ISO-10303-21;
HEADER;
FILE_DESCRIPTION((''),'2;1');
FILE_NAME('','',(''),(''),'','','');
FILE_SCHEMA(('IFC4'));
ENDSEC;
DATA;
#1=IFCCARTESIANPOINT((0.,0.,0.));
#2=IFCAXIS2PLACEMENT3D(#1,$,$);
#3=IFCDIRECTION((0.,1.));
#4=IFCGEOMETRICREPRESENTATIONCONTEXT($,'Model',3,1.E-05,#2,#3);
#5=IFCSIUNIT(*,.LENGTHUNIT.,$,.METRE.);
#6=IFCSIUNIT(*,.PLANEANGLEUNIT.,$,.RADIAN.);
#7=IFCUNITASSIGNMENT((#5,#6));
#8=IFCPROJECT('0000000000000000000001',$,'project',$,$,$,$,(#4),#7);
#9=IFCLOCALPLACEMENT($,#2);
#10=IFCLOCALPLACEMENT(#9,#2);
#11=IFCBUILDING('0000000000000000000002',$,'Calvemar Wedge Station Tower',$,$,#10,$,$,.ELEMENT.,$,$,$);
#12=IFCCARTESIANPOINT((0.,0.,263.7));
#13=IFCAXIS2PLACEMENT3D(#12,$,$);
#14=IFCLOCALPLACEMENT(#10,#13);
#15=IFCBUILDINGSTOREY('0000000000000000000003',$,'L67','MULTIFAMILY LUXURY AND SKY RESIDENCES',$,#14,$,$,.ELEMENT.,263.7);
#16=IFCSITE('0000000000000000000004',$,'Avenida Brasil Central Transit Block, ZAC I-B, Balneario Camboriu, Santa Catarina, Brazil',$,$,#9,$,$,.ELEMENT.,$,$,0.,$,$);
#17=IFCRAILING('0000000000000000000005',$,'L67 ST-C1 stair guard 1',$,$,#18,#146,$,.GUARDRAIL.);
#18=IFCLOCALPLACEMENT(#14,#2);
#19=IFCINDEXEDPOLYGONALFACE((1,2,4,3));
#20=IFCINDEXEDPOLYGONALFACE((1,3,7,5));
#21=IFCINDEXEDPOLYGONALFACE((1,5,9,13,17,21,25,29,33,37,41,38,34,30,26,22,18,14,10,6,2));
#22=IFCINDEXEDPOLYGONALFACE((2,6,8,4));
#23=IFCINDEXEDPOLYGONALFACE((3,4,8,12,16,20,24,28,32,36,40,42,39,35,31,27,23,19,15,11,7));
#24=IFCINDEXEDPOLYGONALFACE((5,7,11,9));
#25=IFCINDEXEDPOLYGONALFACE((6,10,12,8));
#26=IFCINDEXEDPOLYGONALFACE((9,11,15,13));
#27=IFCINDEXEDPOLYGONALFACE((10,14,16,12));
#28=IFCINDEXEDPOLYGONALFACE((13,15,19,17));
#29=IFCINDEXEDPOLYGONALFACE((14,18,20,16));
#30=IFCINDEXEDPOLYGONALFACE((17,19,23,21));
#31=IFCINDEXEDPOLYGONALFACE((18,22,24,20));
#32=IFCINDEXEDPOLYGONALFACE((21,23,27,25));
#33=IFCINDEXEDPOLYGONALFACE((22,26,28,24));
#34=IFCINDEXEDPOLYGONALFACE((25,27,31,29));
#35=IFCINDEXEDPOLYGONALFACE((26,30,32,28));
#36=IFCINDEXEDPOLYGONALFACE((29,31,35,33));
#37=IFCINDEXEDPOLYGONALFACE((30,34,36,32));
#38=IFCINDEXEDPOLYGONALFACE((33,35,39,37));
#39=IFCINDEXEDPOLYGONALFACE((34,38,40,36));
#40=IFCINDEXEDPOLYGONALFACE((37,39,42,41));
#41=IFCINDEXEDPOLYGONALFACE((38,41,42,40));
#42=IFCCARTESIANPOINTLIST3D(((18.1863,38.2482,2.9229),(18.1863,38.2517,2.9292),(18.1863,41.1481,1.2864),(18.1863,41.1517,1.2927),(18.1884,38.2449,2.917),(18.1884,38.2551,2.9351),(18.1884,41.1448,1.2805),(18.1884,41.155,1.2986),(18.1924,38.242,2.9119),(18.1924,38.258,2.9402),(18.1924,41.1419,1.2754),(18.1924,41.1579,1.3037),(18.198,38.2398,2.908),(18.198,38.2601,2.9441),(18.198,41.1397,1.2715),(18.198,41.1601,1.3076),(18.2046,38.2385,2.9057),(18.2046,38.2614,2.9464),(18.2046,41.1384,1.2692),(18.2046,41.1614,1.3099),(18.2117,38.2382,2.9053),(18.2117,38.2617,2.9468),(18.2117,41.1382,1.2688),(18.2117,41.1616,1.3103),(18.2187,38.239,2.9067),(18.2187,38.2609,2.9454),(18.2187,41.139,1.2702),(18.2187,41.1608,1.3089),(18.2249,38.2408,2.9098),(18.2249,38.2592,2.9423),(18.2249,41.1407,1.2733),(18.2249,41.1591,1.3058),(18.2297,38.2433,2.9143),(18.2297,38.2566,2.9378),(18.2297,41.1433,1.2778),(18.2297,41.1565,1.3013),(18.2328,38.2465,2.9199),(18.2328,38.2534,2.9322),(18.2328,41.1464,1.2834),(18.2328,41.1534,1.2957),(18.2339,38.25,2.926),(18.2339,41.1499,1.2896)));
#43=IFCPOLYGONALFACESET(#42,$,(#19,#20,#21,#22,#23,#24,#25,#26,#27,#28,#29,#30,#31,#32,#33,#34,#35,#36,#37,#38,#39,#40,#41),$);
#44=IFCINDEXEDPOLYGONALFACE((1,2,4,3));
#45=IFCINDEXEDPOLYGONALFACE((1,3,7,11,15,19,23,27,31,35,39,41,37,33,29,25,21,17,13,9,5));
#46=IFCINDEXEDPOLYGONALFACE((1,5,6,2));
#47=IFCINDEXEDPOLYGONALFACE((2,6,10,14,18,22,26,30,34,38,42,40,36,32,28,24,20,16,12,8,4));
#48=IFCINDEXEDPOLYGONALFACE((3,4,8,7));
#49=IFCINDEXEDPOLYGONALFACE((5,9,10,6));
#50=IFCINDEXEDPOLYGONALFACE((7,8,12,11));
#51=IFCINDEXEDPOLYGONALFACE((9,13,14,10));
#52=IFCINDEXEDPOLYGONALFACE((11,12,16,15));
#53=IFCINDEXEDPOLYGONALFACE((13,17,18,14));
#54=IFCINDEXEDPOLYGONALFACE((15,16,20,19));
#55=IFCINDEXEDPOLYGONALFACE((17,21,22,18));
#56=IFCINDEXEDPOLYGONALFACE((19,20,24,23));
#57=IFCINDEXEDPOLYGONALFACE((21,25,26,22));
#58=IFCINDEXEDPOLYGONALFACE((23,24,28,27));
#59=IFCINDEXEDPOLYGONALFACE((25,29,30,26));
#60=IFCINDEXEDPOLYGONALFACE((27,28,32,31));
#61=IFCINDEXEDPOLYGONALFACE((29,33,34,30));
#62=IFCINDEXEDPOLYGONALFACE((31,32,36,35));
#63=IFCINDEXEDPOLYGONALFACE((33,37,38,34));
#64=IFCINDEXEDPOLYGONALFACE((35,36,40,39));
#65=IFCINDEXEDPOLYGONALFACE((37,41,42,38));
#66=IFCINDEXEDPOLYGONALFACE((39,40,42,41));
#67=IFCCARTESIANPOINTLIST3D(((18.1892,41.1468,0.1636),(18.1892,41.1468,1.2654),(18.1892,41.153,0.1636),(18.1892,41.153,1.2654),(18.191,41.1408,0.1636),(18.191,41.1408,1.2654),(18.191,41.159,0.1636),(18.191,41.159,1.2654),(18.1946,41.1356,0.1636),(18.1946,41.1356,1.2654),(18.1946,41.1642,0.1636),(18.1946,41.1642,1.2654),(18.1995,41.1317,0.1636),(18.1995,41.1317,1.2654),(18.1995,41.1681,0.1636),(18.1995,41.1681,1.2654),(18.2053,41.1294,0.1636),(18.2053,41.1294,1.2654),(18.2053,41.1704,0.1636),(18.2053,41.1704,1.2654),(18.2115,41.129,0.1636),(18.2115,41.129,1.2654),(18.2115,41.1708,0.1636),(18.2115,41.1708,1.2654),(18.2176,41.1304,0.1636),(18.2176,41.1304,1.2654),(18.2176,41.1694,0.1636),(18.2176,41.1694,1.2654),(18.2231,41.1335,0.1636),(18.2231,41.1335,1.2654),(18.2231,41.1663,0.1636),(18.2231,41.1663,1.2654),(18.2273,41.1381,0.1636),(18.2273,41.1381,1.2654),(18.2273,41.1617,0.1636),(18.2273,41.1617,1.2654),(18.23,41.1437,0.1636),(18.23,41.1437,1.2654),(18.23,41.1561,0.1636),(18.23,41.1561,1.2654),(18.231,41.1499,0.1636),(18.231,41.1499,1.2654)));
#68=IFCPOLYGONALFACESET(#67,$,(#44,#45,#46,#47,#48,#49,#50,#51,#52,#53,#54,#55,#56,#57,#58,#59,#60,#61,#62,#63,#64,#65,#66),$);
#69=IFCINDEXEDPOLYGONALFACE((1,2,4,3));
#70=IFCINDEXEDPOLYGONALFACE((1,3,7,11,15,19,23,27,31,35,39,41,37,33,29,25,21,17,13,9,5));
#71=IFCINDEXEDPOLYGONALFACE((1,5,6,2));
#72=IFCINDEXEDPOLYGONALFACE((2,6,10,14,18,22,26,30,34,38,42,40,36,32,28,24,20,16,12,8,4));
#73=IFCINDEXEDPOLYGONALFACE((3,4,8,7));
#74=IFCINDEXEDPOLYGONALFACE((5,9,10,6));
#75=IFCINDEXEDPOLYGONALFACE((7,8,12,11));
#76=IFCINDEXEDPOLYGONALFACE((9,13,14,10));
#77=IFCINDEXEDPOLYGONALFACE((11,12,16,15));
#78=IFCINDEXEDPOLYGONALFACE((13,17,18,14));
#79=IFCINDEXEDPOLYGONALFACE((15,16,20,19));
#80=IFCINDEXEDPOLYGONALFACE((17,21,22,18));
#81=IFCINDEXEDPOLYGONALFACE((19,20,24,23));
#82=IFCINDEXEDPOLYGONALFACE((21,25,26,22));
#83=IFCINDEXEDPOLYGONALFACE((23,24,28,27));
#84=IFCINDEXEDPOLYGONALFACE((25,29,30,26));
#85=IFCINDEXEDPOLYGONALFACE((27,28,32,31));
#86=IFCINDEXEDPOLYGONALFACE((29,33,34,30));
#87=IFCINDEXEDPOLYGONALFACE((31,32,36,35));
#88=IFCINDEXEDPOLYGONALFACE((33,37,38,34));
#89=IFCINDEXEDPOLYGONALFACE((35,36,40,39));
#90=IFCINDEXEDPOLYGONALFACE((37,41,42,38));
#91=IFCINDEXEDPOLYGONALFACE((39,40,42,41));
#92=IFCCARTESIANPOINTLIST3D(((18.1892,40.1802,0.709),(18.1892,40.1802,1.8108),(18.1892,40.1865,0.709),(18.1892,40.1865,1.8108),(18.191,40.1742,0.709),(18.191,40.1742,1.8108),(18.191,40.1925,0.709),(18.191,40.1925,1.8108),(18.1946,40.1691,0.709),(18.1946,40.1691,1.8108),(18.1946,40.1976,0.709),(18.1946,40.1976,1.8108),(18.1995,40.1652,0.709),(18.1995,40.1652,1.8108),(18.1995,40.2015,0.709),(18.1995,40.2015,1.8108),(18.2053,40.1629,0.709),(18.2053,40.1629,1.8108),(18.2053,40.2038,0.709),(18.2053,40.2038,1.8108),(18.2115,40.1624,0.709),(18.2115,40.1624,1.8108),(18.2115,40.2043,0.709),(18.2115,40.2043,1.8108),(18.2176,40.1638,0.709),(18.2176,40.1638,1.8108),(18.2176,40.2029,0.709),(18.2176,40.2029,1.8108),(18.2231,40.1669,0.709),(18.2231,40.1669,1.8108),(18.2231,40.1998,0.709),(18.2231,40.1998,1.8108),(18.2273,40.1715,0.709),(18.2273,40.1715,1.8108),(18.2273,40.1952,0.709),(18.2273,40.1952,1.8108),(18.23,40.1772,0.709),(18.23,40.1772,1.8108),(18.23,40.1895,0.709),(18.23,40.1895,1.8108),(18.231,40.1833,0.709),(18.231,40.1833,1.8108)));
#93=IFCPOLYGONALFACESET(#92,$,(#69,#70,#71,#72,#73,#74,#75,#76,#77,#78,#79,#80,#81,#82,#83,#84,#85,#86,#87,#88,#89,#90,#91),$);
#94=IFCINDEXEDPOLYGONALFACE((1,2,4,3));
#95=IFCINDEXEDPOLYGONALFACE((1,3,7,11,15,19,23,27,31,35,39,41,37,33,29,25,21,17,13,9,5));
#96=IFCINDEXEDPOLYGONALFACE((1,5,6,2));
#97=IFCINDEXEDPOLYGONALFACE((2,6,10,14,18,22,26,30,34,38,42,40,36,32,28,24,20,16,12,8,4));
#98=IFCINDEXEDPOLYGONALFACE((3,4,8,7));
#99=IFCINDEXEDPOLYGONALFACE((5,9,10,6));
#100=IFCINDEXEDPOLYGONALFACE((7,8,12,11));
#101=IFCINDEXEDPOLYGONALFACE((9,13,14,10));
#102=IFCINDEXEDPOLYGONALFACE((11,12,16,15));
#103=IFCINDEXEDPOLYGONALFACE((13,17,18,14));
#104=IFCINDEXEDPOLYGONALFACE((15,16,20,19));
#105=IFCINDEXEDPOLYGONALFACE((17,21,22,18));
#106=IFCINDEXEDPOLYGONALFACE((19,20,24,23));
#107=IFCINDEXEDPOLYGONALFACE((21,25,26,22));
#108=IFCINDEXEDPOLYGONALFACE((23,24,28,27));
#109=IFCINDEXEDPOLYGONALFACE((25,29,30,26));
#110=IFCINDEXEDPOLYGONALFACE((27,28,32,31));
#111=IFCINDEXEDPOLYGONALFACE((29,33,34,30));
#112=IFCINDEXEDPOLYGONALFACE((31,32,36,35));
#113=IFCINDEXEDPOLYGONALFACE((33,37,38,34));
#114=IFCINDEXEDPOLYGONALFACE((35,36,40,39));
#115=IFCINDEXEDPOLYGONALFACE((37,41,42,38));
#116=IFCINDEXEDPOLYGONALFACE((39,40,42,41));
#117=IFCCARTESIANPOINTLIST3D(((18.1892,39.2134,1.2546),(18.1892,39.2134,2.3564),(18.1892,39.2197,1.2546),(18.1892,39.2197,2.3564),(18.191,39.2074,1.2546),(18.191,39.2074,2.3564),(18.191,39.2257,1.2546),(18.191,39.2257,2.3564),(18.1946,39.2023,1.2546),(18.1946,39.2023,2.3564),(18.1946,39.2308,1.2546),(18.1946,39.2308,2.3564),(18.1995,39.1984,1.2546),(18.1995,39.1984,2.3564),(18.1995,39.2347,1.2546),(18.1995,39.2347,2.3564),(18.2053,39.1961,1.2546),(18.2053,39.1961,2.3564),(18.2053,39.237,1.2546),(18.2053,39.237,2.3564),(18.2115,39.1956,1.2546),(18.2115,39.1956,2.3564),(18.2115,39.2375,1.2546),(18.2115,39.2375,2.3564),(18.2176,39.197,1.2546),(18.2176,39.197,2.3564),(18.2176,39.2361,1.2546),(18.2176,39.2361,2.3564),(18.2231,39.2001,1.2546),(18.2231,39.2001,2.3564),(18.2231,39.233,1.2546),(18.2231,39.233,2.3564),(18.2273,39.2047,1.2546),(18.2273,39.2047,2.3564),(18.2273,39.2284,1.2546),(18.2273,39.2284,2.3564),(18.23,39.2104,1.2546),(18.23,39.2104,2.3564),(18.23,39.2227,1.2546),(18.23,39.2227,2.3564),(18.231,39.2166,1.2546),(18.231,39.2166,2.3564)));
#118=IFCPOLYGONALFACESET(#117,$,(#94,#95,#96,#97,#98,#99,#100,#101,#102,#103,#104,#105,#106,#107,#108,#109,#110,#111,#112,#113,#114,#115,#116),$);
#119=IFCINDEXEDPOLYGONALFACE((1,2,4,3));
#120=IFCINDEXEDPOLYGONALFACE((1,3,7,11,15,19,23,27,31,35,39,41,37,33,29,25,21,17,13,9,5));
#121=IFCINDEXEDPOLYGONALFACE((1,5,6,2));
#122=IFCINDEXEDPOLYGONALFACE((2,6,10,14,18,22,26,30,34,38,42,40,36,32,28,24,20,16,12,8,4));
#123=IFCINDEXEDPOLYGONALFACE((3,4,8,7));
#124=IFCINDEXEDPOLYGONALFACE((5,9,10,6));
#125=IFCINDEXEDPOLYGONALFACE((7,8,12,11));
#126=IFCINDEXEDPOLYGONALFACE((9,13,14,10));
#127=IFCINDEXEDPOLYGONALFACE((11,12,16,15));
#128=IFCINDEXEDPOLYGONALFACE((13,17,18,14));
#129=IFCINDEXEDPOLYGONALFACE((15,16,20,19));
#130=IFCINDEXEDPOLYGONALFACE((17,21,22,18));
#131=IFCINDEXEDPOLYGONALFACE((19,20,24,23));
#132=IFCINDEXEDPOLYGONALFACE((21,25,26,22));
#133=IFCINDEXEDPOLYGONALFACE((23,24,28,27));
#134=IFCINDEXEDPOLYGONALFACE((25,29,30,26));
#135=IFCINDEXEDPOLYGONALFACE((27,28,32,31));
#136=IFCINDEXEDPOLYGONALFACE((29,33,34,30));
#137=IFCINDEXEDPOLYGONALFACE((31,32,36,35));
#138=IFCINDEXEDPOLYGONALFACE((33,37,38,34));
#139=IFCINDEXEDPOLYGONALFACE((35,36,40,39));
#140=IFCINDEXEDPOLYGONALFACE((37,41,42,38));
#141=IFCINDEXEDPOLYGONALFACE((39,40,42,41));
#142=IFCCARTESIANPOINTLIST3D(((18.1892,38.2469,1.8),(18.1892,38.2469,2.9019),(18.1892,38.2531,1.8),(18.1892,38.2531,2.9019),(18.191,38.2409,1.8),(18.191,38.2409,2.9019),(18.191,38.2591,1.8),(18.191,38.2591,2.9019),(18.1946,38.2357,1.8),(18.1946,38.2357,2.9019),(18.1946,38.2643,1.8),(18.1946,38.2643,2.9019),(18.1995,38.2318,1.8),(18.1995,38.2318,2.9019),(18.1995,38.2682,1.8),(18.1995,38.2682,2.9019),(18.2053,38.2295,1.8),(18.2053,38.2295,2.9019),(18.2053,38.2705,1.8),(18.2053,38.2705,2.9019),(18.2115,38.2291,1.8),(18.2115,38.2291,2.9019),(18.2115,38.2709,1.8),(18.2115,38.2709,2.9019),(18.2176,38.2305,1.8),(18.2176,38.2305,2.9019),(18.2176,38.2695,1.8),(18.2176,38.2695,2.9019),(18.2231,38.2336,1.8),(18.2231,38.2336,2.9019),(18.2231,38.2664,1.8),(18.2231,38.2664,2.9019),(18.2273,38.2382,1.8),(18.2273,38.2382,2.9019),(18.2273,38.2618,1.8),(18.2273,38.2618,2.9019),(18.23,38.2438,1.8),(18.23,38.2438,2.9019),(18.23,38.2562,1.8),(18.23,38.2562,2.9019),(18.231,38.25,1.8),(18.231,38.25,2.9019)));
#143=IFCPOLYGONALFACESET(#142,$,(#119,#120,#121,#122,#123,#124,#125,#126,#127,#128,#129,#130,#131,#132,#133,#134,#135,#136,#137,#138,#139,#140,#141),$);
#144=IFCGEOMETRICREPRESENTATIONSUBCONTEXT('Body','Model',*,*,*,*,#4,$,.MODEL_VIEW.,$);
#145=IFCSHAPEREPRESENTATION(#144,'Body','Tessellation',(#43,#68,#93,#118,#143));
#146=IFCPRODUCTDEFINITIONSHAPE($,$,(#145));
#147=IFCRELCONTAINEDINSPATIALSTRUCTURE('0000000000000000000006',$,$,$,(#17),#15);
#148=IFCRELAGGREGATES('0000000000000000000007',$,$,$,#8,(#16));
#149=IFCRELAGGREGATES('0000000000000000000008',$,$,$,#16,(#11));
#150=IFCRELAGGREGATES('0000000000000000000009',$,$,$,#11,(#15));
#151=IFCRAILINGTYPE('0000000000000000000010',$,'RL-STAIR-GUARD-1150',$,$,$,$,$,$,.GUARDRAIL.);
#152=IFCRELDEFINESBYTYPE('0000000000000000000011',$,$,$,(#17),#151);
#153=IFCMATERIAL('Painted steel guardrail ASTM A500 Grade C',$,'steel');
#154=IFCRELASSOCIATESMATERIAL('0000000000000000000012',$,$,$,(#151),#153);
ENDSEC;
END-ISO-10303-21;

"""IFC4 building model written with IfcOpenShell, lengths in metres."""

from ifc_helpers import new_model, si_unit, direction, frame, origin, origin_2d, place, context, subcontext, project, spatial, circle, extrude, material, type_object, element, save


model = new_model("IFC4")

# Units and contexts
model_context = context("Model", 3, precision=1e-05, world=origin(), true_north=direction((0.0, 1.0)))
body_context = subcontext(model_context, "Body", "Model", "MODEL_VIEW")
ifc_project = project(units=[si_unit("LENGTHUNIT", "METRE"), si_unit("PLANEANGLEUNIT", "RADIAN")], contexts=[model_context])

# Site, building, storey
site_placement = place(None, origin())
site = spatial("IfcSite", under=ifc_project, at=site_placement, Name="Avenida Brasil Central Transit Block, ZAC I-B, Balneario Camboriu, Santa Catarina, Brazil", CompositionType="ELEMENT", RefElevation=0.0)
building_placement = place(site_placement, origin())
building = spatial("IfcBuilding", under=site, at=building_placement, Name="Calvemar Wedge Station Tower", CompositionType="ELEMENT")
storey_placement = place(building_placement, frame((0.0, 0.0, 263.7)))
storey = spatial("IfcBuildingStorey", under=building, at=storey_placement, Name="L67", Description="MULTIFAMILY LUXURY AND SKY RESIDENCES", CompositionType="ELEMENT", Elevation=263.7)

# Railing
ifc_material_1 = material(Name="Painted steel guardrail ASTM A500 Grade C", Category="steel")
railing_type_1 = type_object("IfcRailingType", Name="RL-STAIR-GUARD-1150", PredefinedType="GUARDRAIL", material=ifc_material_1)
railing_1_placement = place(storey_placement, frame((18.21, 41.1499, 0.1636)))
element("IfcRailing", 1, at=railing_1_placement, inside=storey, type_object=railing_type_1, Name="L67 ST-C1 stair guard 1", PredefinedType="GUARDRAIL", context=body_context, shape_type="SweptSolid", body=[
    extrude(circle(Radius=0.0239, at=origin_2d()), frame((0.0, 0.0, 1.126), z_axis=(0.0, -0.870897, 0.491465), x_axis=(1.0, 0.0, 0.0)), (0.0, 0.0, 1.0), 3.3298),
    extrude(circle(Radius=0.021, at=origin_2d()), origin(), (0.0, 0.0, 1.0), 1.1018),
    extrude(circle(Radius=0.021, at=origin_2d()), frame((0.0, -0.9666, 0.5454)), (0.0, 0.0, 1.0), 1.1018),
    extrude(circle(Radius=0.021, at=origin_2d()), frame((0.0, -1.9333, 1.0911)), (0.0, 0.0, 1.0), 1.1018),
    extrude(circle(Radius=0.021, at=origin_2d()), frame((0.0, -2.8999, 1.6365)), (0.0, 0.0, 1.0), 1.1018),
])

save(model, "model.ifc")
